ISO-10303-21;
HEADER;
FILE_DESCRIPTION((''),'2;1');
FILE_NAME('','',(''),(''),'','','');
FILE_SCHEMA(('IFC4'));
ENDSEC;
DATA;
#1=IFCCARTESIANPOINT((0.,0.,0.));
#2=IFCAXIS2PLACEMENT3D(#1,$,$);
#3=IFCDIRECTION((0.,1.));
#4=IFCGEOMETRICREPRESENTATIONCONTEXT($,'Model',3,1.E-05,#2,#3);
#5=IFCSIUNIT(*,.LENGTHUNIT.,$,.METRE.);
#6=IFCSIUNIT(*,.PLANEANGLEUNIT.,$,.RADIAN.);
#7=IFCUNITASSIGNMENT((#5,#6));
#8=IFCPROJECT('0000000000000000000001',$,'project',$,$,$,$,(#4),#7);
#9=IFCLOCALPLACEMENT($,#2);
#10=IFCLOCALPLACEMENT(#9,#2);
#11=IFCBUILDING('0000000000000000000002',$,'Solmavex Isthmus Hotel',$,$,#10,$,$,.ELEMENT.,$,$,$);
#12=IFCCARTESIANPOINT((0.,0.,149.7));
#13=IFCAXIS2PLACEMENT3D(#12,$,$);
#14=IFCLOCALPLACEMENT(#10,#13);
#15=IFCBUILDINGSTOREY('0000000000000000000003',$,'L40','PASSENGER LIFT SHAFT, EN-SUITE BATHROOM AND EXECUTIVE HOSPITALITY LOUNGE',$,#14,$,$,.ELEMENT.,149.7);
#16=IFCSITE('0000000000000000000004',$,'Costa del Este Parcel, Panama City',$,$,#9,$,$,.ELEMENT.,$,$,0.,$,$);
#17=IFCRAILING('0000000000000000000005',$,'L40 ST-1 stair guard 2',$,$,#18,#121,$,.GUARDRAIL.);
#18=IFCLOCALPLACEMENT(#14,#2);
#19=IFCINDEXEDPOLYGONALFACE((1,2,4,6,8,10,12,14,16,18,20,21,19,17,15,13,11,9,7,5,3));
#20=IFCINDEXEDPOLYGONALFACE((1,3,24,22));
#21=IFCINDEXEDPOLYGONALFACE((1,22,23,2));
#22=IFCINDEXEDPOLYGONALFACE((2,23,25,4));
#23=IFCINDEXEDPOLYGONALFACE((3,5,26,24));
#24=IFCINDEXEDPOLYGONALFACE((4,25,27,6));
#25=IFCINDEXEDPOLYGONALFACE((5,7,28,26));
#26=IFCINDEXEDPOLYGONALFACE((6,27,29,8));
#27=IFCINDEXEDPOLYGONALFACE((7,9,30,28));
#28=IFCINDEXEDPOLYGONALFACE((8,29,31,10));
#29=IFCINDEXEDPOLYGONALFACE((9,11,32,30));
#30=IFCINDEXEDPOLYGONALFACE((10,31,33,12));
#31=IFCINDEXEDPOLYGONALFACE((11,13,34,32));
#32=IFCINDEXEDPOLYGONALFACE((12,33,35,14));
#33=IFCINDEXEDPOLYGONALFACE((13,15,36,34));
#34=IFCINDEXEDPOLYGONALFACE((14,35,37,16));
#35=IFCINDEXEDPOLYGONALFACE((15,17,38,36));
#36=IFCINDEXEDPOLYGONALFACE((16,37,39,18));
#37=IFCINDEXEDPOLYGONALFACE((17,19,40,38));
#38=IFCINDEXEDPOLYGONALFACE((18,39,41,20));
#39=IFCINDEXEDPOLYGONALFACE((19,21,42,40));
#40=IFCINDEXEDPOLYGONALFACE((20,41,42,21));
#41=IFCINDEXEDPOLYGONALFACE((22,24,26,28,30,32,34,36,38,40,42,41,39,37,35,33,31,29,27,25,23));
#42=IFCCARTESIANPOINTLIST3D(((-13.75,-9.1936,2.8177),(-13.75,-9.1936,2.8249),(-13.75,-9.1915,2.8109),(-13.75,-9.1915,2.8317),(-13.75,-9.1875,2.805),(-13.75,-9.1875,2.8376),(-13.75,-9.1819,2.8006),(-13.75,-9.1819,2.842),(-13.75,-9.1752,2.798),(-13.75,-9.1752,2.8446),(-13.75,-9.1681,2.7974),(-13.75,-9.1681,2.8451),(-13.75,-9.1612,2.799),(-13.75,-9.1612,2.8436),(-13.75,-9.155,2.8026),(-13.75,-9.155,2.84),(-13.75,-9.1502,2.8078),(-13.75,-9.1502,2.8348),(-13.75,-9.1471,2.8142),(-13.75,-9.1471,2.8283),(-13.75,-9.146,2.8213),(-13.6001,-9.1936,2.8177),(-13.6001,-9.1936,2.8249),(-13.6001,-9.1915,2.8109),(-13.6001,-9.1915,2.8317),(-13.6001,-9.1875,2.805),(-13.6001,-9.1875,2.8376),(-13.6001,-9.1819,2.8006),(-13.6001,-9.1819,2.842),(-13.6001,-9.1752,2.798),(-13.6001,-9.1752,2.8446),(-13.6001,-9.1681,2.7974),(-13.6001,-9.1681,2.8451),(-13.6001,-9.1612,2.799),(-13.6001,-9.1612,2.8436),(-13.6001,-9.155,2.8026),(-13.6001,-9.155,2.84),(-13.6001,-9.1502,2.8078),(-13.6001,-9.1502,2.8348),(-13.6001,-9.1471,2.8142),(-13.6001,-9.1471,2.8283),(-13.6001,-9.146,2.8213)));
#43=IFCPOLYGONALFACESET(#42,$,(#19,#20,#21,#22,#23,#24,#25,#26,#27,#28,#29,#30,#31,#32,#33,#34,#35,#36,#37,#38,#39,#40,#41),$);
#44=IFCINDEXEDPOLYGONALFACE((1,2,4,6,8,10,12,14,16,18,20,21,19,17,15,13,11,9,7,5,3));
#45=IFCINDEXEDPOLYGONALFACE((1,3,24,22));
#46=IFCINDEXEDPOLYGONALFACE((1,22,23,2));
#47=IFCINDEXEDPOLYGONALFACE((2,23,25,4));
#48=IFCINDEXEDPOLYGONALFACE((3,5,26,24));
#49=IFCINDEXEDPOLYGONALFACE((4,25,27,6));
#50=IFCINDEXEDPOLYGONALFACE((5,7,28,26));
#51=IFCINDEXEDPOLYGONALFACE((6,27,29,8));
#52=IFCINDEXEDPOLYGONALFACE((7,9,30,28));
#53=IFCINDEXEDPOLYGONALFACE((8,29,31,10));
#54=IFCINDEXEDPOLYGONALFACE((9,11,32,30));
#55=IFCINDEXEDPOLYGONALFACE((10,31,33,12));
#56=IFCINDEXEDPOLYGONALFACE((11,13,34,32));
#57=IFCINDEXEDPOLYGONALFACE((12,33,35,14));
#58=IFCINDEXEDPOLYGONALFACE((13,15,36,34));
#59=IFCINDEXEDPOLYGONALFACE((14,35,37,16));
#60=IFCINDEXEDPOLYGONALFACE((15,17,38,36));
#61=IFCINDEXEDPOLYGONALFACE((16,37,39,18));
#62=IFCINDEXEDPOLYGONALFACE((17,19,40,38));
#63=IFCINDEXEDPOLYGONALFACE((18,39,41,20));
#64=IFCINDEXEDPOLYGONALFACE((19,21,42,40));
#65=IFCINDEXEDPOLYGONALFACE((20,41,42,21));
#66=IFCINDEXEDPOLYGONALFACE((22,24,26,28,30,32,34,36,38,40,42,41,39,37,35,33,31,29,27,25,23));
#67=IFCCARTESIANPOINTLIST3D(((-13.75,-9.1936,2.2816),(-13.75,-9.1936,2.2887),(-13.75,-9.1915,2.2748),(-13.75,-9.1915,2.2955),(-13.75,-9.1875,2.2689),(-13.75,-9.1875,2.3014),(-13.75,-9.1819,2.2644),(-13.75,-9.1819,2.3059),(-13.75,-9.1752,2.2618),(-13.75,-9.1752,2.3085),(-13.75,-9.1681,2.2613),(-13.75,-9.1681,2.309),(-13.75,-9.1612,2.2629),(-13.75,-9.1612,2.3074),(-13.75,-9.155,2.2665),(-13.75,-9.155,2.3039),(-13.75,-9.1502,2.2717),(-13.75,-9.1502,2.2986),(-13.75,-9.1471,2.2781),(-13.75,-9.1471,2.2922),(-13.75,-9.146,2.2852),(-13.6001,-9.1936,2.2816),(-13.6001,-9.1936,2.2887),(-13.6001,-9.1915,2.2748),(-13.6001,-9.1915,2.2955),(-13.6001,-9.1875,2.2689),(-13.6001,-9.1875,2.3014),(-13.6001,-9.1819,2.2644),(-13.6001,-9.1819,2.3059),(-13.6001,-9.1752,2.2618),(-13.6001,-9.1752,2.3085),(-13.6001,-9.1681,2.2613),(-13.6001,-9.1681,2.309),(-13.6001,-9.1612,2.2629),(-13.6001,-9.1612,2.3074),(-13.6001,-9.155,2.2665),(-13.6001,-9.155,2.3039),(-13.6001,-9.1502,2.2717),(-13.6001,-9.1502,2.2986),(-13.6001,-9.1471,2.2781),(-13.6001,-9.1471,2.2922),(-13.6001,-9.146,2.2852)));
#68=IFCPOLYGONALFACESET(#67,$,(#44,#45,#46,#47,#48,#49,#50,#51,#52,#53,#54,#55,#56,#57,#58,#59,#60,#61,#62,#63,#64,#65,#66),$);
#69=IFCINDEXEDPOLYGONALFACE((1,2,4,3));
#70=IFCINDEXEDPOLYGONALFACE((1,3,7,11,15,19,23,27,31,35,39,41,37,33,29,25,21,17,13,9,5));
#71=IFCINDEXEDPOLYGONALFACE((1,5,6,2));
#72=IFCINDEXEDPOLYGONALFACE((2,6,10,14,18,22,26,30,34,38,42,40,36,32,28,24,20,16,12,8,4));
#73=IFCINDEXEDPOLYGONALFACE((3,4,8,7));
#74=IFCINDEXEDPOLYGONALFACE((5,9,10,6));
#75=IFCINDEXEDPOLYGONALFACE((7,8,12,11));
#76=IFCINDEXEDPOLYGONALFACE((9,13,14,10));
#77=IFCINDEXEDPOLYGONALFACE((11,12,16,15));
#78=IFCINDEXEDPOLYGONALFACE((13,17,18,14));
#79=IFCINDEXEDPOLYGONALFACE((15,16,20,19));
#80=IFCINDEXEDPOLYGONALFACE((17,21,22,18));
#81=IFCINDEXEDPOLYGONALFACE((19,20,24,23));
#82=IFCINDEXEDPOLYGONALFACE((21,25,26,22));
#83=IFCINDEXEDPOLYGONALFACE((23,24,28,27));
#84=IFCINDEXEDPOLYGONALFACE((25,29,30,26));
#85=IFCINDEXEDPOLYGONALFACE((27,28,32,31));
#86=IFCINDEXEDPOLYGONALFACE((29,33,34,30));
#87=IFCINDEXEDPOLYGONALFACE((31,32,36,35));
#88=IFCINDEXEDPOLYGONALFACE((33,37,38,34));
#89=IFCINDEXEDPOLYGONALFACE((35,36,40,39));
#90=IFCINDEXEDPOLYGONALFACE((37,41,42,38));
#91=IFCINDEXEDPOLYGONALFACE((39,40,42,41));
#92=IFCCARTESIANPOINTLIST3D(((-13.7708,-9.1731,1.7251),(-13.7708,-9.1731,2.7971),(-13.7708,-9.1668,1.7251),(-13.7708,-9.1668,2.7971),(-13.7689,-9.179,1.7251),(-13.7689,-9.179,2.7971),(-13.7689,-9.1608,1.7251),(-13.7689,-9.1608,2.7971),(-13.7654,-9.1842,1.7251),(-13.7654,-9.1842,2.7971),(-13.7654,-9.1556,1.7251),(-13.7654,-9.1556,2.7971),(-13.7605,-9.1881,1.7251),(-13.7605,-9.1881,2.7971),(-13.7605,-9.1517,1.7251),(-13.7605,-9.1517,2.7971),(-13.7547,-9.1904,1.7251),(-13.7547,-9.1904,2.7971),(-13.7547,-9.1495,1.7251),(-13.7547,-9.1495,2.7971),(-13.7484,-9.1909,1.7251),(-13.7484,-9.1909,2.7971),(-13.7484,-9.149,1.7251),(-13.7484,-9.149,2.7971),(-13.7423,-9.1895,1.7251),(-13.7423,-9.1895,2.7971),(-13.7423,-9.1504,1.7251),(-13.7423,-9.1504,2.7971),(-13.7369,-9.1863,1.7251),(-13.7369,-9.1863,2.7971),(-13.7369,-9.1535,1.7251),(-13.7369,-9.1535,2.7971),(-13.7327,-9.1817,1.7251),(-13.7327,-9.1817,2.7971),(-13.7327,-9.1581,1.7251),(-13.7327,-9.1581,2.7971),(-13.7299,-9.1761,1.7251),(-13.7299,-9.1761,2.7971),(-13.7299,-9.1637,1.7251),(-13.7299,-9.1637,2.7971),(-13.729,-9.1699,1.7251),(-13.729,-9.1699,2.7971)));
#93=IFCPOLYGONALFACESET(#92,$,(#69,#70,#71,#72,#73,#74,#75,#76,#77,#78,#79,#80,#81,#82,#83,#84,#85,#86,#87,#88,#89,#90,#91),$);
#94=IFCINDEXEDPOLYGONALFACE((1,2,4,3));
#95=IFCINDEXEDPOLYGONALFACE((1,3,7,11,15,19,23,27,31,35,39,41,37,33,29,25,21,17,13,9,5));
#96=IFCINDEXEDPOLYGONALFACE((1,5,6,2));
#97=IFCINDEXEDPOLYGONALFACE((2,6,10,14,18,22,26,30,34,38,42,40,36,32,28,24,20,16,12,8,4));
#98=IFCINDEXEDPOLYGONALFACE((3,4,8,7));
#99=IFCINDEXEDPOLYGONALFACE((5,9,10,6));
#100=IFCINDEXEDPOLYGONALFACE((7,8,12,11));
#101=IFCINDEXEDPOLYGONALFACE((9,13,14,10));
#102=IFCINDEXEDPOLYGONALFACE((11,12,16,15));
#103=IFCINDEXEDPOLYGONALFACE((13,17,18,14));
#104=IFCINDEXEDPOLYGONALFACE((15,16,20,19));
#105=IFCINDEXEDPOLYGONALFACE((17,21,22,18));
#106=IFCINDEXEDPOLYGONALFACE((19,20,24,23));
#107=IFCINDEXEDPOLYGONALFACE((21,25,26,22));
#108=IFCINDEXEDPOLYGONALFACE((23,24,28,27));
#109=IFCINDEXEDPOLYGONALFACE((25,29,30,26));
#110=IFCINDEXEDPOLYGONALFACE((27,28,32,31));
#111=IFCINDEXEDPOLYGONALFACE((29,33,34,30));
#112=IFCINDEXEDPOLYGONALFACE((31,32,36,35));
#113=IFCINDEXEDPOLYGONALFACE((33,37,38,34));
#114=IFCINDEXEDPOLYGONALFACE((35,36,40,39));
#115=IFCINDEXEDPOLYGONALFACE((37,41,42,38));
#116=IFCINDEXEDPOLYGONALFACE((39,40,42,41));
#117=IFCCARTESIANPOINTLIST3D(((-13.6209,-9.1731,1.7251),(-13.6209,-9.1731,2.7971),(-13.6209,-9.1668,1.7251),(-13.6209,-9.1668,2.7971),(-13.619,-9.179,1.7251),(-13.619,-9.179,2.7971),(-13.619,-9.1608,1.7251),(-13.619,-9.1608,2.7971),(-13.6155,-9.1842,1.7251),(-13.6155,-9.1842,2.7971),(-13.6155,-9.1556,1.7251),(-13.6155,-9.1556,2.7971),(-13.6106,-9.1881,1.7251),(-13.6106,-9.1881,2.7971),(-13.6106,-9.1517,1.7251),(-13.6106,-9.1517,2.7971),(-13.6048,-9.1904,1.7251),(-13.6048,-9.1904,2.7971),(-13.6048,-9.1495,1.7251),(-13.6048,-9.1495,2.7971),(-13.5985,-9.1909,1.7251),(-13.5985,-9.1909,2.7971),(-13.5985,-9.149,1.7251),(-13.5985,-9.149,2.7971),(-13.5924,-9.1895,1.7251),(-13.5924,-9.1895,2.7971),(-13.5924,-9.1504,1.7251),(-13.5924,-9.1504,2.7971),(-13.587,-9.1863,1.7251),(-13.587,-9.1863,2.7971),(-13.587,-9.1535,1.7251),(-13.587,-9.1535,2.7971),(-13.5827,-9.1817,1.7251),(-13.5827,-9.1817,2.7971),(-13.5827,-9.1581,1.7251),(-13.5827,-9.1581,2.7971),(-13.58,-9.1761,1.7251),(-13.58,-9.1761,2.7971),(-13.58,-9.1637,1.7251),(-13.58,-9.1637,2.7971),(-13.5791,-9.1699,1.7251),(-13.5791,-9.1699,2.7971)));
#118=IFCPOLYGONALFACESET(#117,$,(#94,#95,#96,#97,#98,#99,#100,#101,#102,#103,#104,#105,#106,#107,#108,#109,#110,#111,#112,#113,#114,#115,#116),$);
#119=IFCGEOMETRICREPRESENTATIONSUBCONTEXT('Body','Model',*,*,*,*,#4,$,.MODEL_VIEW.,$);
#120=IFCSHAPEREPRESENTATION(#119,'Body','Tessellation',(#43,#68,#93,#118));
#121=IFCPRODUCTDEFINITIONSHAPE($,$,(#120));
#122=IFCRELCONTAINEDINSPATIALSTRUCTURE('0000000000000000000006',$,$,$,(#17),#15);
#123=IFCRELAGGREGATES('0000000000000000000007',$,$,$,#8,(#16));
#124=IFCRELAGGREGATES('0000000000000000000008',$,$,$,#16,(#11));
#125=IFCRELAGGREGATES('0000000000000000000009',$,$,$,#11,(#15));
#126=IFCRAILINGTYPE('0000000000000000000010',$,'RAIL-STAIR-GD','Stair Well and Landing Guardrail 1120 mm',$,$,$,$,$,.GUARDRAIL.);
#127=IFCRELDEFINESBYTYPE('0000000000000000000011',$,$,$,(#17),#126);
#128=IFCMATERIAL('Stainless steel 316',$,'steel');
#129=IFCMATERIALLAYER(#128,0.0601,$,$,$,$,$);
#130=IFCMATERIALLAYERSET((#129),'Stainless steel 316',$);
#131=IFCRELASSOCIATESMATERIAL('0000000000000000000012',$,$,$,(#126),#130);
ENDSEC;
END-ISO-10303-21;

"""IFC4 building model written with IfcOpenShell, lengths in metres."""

from ifc_helpers import new_model, si_unit, direction, frame, origin, origin_2d, place, context, subcontext, project, spatial, circle, extrude, material, layer, layer_set, type_object, element, save


model = new_model("IFC4")

# Units and contexts
model_context = context("Model", 3, precision=1e-05, world=origin(), true_north=direction((0.0, 1.0)))
body_context = subcontext(model_context, "Body", "Model", "MODEL_VIEW")
ifc_project = project(units=[si_unit("LENGTHUNIT", "METRE"), si_unit("PLANEANGLEUNIT", "RADIAN")], contexts=[model_context])

# Site, building, storey
site_placement = place(None, origin())
site = spatial("IfcSite", under=ifc_project, at=site_placement, Name="Costa del Este Parcel, Panama City", CompositionType="ELEMENT", RefElevation=0.0)
building_placement = place(site_placement, origin())
building = spatial("IfcBuilding", under=site, at=building_placement, Name="Solmavex Isthmus Hotel", CompositionType="ELEMENT")
storey_placement = place(building_placement, frame((0.0, 0.0, 149.7)))
storey = spatial("IfcBuildingStorey", under=building, at=storey_placement, Name="L40", Description="PASSENGER LIFT SHAFT, EN-SUITE BATHROOM AND EXECUTIVE HOSPITALITY LOUNGE", CompositionType="ELEMENT", Elevation=149.7)

# Shared definitions
ifc_material_1 = material(Name="Stainless steel 316", Category="steel")

# Railing
ifc_layer_1 = layer(ifc_material_1, 0.0601)
ifc_layer_set_1 = layer_set([ifc_layer_1], Name="Stainless steel 316")
railing_type_1 = type_object("IfcRailingType", Name="RAIL-STAIR-GD", Description="Stair Well and Landing Guardrail 1120 mm", PredefinedType="GUARDRAIL", material=ifc_layer_set_1)
railing_1_placement = place(storey_placement, frame((-13.75, -9.1699, 1.7251)))
element("IfcRailing", 1, at=railing_1_placement, inside=storey, type_object=railing_type_1, Name="L40 ST-1 stair guard 2", PredefinedType="GUARDRAIL", context=body_context, shape_type="SweptSolid", body=[
    extrude(circle(Radius=0.0239, at=origin_2d()), frame((0.0, 0.0, 1.0962), z_axis=(1.0, 0.0, 0.0), x_axis=(0.0, 1.0, 0.0)), (0.0, 0.0, 1.0), 0.1499),
    extrude(circle(Radius=0.0239, at=origin_2d()), frame((0.0, 0.0, 0.5601), z_axis=(1.0, 0.0, 0.0), x_axis=(0.0, 1.0, 0.0)), (0.0, 0.0, 1.0), 0.1499),
    extrude(circle(Radius=0.021, at=origin_2d()), origin(), (0.0, 0.0, 1.0), 1.072),
    extrude(circle(Radius=0.021, at=origin_2d()), frame((0.1499, 0.0, 0.0)), (0.0, 0.0, 1.0), 1.072),
])

save(model, "model.ifc")
